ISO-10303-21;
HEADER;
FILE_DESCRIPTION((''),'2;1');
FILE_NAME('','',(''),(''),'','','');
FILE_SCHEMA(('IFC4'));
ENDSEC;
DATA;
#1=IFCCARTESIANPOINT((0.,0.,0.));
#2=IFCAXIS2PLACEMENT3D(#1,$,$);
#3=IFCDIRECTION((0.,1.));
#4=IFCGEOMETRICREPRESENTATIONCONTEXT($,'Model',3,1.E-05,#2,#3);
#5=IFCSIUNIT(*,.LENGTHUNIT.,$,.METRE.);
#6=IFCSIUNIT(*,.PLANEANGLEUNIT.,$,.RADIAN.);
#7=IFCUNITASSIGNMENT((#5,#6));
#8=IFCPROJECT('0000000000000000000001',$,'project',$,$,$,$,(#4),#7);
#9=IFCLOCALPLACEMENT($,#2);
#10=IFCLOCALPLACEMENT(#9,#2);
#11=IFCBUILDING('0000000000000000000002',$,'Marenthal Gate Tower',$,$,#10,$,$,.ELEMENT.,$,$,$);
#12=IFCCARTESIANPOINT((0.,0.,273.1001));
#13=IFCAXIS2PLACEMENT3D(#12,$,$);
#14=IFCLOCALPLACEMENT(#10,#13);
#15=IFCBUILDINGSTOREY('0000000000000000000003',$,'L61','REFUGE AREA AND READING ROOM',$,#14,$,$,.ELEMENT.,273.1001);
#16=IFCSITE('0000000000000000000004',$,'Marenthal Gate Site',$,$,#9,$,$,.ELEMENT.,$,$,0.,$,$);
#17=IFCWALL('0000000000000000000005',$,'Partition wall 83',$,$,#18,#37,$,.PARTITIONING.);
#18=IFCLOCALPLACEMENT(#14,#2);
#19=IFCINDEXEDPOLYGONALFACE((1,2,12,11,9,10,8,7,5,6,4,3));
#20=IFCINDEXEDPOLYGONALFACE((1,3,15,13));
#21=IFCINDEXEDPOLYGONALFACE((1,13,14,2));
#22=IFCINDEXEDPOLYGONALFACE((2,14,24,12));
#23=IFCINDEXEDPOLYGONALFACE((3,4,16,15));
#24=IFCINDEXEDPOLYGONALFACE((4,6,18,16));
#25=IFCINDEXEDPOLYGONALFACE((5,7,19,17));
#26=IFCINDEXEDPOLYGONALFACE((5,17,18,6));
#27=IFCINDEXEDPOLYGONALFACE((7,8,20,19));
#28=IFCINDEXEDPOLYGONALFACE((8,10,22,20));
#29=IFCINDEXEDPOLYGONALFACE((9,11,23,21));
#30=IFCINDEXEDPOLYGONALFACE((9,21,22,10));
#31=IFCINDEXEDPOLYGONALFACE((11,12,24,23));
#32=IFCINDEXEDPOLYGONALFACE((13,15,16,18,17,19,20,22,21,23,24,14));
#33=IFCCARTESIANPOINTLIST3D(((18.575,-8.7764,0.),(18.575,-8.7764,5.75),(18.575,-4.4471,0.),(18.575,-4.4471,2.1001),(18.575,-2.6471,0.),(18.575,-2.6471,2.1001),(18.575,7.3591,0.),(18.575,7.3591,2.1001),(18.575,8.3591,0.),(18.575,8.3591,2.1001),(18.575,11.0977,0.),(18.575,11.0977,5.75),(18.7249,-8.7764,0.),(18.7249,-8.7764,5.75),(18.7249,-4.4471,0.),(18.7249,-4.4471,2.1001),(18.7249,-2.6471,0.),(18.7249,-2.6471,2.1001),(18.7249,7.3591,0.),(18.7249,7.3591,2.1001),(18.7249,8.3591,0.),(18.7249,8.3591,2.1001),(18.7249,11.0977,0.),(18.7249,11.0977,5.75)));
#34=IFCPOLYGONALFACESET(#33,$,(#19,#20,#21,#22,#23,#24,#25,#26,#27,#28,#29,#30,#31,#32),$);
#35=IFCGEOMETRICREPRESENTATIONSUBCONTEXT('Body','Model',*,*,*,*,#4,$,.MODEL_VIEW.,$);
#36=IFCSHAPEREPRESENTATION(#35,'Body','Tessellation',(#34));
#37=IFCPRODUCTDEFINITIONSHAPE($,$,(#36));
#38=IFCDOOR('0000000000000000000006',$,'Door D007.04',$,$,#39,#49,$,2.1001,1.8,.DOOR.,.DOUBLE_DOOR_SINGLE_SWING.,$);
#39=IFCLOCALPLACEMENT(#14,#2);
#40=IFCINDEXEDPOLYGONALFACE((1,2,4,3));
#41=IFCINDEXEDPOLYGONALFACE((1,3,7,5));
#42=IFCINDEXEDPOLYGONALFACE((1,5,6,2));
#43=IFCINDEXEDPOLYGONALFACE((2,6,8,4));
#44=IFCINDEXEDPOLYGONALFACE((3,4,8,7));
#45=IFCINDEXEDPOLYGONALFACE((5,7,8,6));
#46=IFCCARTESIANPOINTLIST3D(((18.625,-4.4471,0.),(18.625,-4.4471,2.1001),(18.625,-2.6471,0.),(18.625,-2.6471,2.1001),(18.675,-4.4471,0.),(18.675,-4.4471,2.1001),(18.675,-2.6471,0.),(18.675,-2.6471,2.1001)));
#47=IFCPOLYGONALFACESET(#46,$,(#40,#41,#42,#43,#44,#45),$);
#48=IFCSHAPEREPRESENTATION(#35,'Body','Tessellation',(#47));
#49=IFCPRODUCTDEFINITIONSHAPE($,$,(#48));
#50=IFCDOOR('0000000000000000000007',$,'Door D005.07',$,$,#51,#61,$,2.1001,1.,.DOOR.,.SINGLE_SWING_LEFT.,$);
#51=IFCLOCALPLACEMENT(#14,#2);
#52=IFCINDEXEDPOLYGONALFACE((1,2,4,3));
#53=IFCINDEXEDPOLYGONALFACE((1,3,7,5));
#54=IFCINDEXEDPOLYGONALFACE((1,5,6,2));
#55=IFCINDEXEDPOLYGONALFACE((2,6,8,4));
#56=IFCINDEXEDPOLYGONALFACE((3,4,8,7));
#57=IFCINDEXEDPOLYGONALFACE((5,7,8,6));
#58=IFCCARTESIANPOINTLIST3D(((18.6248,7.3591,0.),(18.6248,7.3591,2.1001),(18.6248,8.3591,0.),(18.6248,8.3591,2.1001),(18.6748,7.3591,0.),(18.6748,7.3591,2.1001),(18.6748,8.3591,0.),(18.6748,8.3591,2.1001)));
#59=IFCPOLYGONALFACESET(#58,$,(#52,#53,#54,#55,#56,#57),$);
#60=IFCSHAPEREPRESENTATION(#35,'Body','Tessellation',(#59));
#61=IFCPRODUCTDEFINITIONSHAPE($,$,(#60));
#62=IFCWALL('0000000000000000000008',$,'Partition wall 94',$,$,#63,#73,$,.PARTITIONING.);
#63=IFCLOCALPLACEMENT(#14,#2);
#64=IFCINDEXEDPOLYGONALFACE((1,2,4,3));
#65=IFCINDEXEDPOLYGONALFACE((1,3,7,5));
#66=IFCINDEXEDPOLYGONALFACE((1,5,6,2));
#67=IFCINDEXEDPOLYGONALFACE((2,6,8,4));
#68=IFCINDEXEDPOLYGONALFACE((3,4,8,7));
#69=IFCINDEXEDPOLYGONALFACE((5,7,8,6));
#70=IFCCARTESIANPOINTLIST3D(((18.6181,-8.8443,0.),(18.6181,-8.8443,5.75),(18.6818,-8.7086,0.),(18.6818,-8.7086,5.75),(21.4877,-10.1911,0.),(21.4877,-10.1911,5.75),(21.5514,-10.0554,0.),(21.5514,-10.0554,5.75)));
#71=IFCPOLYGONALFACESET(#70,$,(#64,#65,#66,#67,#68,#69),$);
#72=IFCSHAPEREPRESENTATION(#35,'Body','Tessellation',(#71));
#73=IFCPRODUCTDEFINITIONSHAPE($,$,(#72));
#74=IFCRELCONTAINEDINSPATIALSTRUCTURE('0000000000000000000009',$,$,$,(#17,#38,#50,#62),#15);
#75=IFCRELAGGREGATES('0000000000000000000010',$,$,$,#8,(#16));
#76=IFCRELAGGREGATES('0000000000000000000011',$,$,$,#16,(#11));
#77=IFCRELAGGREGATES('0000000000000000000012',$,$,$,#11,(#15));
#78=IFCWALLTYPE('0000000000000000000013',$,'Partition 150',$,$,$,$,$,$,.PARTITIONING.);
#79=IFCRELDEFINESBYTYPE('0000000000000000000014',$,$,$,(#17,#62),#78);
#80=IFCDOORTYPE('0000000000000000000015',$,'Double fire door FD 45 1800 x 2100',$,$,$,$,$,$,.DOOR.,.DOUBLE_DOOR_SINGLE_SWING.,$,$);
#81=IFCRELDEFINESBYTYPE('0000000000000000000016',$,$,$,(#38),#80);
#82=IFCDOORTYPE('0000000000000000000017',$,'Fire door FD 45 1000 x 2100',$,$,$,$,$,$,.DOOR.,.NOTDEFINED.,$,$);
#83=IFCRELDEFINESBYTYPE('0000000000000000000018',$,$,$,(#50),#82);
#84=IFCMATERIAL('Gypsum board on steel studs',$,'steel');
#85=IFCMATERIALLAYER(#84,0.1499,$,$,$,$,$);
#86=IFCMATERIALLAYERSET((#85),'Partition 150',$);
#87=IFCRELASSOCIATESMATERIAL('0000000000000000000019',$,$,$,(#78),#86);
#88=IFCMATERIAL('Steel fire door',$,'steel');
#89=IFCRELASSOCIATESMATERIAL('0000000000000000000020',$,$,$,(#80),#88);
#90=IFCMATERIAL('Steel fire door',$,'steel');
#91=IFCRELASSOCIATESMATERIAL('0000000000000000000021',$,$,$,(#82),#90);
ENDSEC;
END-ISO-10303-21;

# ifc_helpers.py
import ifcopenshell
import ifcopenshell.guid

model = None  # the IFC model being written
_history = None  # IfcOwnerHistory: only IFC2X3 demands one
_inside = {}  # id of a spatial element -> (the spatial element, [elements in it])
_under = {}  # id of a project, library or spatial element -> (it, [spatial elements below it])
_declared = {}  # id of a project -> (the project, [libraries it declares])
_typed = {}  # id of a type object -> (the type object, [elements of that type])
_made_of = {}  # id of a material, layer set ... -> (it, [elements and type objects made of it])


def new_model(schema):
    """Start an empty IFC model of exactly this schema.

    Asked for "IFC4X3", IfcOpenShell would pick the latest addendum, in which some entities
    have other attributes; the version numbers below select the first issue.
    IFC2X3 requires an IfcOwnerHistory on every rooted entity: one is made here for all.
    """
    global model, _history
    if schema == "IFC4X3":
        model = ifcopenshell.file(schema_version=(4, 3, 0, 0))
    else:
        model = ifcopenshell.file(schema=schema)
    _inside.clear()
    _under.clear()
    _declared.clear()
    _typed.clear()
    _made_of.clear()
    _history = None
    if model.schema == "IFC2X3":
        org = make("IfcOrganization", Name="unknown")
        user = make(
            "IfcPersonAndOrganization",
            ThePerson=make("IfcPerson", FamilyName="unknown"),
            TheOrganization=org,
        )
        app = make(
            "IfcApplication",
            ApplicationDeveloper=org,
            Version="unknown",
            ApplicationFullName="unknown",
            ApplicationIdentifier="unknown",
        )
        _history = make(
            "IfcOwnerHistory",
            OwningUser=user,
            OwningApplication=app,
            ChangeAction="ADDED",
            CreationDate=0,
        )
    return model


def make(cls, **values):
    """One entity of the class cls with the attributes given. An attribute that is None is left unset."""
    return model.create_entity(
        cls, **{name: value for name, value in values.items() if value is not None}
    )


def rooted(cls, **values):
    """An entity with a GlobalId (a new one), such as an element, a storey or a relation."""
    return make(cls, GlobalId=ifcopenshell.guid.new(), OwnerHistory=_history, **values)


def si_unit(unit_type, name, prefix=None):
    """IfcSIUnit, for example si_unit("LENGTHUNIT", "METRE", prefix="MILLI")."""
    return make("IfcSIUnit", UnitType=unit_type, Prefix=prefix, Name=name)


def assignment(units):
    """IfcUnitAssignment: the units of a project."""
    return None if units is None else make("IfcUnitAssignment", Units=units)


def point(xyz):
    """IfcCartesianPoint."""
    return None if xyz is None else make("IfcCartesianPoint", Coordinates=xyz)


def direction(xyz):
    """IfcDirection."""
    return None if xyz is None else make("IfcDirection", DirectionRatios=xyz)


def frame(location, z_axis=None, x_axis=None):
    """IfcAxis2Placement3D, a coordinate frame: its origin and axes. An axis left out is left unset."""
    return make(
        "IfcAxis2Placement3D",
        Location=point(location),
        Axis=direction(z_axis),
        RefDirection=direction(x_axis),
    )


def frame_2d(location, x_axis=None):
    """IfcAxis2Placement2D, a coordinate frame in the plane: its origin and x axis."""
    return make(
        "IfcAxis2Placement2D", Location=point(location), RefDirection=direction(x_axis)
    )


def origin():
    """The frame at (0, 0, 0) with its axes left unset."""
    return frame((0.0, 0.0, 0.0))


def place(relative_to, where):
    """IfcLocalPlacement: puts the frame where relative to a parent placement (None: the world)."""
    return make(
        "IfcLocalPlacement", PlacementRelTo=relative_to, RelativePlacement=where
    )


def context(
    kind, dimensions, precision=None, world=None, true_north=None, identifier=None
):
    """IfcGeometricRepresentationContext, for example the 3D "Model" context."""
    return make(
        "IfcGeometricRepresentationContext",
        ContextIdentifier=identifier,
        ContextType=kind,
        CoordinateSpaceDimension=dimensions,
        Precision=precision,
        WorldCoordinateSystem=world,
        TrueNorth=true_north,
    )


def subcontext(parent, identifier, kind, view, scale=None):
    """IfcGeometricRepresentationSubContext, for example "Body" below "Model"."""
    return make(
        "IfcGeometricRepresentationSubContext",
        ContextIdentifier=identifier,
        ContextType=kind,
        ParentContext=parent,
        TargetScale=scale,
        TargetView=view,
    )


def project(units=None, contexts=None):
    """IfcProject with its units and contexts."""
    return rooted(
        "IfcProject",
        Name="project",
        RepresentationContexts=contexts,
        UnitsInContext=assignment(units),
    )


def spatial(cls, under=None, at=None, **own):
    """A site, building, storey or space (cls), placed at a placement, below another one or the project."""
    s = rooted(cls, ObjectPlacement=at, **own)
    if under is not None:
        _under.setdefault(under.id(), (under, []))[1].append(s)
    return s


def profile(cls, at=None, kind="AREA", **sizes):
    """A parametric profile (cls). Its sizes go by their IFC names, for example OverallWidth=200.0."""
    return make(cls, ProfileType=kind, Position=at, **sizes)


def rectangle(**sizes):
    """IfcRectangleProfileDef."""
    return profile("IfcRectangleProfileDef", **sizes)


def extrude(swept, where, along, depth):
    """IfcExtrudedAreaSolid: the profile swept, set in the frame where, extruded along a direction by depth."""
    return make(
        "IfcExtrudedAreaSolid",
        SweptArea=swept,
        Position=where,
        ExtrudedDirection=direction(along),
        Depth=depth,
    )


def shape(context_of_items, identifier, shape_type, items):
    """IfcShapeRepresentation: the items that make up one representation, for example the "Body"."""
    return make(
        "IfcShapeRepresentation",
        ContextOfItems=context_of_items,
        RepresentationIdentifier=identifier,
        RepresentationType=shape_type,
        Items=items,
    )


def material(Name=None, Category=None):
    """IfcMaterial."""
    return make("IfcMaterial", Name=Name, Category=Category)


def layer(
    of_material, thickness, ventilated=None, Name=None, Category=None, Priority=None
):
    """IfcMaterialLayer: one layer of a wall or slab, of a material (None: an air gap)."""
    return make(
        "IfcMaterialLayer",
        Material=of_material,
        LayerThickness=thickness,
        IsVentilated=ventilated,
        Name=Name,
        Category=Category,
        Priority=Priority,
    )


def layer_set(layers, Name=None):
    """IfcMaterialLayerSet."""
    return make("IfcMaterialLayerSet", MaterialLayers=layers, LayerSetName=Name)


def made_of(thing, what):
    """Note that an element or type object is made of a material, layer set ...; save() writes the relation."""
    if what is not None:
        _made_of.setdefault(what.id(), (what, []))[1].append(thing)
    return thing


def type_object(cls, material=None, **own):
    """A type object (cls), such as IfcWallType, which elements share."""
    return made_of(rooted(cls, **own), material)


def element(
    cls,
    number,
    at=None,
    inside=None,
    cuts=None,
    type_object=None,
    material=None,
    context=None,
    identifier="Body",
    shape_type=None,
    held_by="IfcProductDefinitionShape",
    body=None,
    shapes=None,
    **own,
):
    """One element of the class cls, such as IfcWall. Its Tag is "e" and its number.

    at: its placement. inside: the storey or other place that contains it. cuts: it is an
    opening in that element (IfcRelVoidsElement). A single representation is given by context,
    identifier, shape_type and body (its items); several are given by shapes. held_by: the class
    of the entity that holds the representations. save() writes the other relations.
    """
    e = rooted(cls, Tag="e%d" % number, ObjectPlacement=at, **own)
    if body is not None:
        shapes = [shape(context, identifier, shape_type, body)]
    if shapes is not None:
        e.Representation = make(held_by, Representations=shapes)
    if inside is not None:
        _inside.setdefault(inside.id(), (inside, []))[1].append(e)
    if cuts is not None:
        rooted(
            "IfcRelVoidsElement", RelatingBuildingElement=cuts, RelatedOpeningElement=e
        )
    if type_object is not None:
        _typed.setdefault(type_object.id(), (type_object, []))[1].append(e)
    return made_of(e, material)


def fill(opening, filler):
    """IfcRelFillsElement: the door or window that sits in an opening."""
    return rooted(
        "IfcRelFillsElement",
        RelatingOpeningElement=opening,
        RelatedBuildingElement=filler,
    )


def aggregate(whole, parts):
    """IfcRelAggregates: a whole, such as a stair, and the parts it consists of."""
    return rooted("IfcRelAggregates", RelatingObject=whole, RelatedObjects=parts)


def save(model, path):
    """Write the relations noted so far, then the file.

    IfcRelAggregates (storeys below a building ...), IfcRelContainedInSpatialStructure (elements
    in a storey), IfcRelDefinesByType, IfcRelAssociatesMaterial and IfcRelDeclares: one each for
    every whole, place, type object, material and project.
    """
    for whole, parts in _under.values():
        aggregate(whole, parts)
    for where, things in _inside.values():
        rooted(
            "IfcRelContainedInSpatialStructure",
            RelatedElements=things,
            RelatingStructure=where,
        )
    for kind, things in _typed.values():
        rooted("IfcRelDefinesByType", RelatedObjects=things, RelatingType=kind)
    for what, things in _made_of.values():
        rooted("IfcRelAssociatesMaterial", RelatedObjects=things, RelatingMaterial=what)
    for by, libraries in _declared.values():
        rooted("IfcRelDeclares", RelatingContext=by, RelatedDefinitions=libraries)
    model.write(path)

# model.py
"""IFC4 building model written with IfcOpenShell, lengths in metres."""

from ifc_helpers import new_model, si_unit, direction, frame, frame_2d, origin, place, context, subcontext, project, spatial, rectangle, extrude, material, layer, layer_set, type_object, element, fill, save


model = new_model("IFC4")

# Units and contexts
model_context = context("Model", 3, precision=1e-05, world=origin(), true_north=direction((0.0, 1.0)))
body_context = subcontext(model_context, "Body", "Model", "MODEL_VIEW")
ifc_project = project(units=[si_unit("LENGTHUNIT", "METRE"), si_unit("PLANEANGLEUNIT", "RADIAN")], contexts=[model_context])

# Site, building, storey
site_placement = place(None, origin())
site = spatial("IfcSite", under=ifc_project, at=site_placement, Name="Marenthal Gate Site", CompositionType="ELEMENT", RefElevation=0.0)
building_placement = place(site_placement, origin())
building = spatial("IfcBuilding", under=site, at=building_placement, Name="Marenthal Gate Tower", CompositionType="ELEMENT")
storey_placement = place(building_placement, frame((0.0, 0.0, 273.1001)))
storey = spatial("IfcBuildingStorey", under=building, at=storey_placement, Name="L61", Description="REFUGE AREA AND READING ROOM", CompositionType="ELEMENT", Elevation=273.1001)

# Wall, openings, doors
ifc_material_1 = material(Name="Gypsum board on steel studs", Category="steel")
ifc_layer_1 = layer(ifc_material_1, 0.1499)
ifc_layer_set_1 = layer_set([ifc_layer_1], Name="Partition 150")
wall_type_1 = type_object("IfcWallType", Name="Partition 150", PredefinedType="PARTITIONING", material=ifc_layer_set_1)
wall_1_placement = place(storey_placement, frame((18.6499, -8.7764, 0.0), z_axis=(0.0, 0.0, 1.0), x_axis=(0.0, 1.0, 0.0)))
wall_1 = element("IfcWall", 1, at=wall_1_placement, inside=storey, type_object=wall_type_1, Name="Partition wall 83", PredefinedType="PARTITIONING", context=body_context, shape_type="SweptSolid", body=[
    extrude(rectangle(XDim=19.874, YDim=0.1499, at=frame_2d((9.937, 0.0))), origin(), (0.0, 0.0, 1.0), 5.75),
])
opening_1_placement = place(wall_1_placement, frame((16.1355, 0.0, 0.0)))
opening_1 = element("IfcOpeningElement", 2, at=opening_1_placement, cuts=wall_1, PredefinedType="OPENING", context=body_context, shape_type="SweptSolid", body=[
    extrude(rectangle(XDim=1.0, YDim=2.1001, at=frame_2d((0.5, 1.05))), frame((0.0, 0.085, 0.0), z_axis=(0.0, -1.0, 0.0), x_axis=(1.0, 0.0, 0.0)), (0.0, 0.0, 1.0), 0.1699),
])
opening_2_placement = place(wall_1_placement, frame((4.3293, 0.0, 0.0)))
opening_2 = element("IfcOpeningElement", 3, at=opening_2_placement, cuts=wall_1, PredefinedType="OPENING", context=body_context, shape_type="SweptSolid", body=[
    extrude(rectangle(XDim=1.8, YDim=2.1001, at=frame_2d((0.8999, 1.05))), frame((0.0, 0.085, 0.0), z_axis=(0.0, -1.0, 0.0), x_axis=(1.0, 0.0, 0.0)), (0.0, 0.0, 1.0), 0.1699),
])
ifc_material_2 = material(Name="Steel fire door", Category="steel")
door_type_1 = type_object("IfcDoorType", Name="Double fire door FD 45 1800 x 2100", OperationType="DOUBLE_DOOR_SINGLE_SWING", PredefinedType="DOOR", material=ifc_material_2)
door_1_placement = place(opening_2_placement, origin())
door_1 = element("IfcDoor", 4, at=door_1_placement, inside=storey, type_object=door_type_1, Name="Door D007.04", OperationType="DOUBLE_DOOR_SINGLE_SWING", OverallHeight=2.1001, OverallWidth=1.8, PredefinedType="DOOR", context=body_context, shape_type="SweptSolid", body=[
    extrude(rectangle(XDim=1.8, YDim=2.1001, at=frame_2d((0.8999, 1.05))), frame((0.0, 0.0249, 0.0), z_axis=(0.0, -1.0, 0.0), x_axis=(1.0, 0.0, 0.0)), (0.0, 0.0, 1.0), 0.05),
])
fill(opening_2, door_1)
ifc_material_3 = material(Name="Steel fire door", Category="steel")
door_type_2 = type_object("IfcDoorType", Name="Fire door FD 45 1000 x 2100", OperationType="NOTDEFINED", PredefinedType="DOOR", material=ifc_material_3)
door_2_placement = place(opening_1_placement, frame((1.0, 0.0, 0.0), z_axis=(0.0, 0.0, 1.0), x_axis=(-1.0, 0.0, 0.0)))
door_2 = element("IfcDoor", 5, at=door_2_placement, inside=storey, type_object=door_type_2, Name="Door D005.07", OperationType="SINGLE_SWING_LEFT", OverallHeight=2.1001, OverallWidth=1.0, PredefinedType="DOOR", context=body_context, shape_type="SweptSolid", body=[
    extrude(rectangle(XDim=1.0, YDim=2.1001, at=frame_2d((0.5, 1.05))), frame((0.0, 0.0249, 0.0), z_axis=(0.0, -1.0, 0.0), x_axis=(1.0, 0.0, 0.0)), (0.0, 0.0, 1.0), 0.05),
])
fill(opening_1, door_2)

# Wall
wall_2_placement = place(storey_placement, frame((21.5195, -10.1233, 0.0), z_axis=(0.0, 0.0, 1.0), x_axis=(-0.905242, 0.424896, 0.0)))
element("IfcWall", 6, at=wall_2_placement, inside=storey, type_object=wall_type_1, Name="Partition wall 94", PredefinedType="PARTITIONING", context=body_context, shape_type="SweptSolid", body=[
    extrude(rectangle(XDim=3.1699, YDim=0.1499, at=frame_2d((1.585, 0.0))), origin(), (0.0, 0.0, 1.0), 5.75),
])

save(model, "model.ifc")
